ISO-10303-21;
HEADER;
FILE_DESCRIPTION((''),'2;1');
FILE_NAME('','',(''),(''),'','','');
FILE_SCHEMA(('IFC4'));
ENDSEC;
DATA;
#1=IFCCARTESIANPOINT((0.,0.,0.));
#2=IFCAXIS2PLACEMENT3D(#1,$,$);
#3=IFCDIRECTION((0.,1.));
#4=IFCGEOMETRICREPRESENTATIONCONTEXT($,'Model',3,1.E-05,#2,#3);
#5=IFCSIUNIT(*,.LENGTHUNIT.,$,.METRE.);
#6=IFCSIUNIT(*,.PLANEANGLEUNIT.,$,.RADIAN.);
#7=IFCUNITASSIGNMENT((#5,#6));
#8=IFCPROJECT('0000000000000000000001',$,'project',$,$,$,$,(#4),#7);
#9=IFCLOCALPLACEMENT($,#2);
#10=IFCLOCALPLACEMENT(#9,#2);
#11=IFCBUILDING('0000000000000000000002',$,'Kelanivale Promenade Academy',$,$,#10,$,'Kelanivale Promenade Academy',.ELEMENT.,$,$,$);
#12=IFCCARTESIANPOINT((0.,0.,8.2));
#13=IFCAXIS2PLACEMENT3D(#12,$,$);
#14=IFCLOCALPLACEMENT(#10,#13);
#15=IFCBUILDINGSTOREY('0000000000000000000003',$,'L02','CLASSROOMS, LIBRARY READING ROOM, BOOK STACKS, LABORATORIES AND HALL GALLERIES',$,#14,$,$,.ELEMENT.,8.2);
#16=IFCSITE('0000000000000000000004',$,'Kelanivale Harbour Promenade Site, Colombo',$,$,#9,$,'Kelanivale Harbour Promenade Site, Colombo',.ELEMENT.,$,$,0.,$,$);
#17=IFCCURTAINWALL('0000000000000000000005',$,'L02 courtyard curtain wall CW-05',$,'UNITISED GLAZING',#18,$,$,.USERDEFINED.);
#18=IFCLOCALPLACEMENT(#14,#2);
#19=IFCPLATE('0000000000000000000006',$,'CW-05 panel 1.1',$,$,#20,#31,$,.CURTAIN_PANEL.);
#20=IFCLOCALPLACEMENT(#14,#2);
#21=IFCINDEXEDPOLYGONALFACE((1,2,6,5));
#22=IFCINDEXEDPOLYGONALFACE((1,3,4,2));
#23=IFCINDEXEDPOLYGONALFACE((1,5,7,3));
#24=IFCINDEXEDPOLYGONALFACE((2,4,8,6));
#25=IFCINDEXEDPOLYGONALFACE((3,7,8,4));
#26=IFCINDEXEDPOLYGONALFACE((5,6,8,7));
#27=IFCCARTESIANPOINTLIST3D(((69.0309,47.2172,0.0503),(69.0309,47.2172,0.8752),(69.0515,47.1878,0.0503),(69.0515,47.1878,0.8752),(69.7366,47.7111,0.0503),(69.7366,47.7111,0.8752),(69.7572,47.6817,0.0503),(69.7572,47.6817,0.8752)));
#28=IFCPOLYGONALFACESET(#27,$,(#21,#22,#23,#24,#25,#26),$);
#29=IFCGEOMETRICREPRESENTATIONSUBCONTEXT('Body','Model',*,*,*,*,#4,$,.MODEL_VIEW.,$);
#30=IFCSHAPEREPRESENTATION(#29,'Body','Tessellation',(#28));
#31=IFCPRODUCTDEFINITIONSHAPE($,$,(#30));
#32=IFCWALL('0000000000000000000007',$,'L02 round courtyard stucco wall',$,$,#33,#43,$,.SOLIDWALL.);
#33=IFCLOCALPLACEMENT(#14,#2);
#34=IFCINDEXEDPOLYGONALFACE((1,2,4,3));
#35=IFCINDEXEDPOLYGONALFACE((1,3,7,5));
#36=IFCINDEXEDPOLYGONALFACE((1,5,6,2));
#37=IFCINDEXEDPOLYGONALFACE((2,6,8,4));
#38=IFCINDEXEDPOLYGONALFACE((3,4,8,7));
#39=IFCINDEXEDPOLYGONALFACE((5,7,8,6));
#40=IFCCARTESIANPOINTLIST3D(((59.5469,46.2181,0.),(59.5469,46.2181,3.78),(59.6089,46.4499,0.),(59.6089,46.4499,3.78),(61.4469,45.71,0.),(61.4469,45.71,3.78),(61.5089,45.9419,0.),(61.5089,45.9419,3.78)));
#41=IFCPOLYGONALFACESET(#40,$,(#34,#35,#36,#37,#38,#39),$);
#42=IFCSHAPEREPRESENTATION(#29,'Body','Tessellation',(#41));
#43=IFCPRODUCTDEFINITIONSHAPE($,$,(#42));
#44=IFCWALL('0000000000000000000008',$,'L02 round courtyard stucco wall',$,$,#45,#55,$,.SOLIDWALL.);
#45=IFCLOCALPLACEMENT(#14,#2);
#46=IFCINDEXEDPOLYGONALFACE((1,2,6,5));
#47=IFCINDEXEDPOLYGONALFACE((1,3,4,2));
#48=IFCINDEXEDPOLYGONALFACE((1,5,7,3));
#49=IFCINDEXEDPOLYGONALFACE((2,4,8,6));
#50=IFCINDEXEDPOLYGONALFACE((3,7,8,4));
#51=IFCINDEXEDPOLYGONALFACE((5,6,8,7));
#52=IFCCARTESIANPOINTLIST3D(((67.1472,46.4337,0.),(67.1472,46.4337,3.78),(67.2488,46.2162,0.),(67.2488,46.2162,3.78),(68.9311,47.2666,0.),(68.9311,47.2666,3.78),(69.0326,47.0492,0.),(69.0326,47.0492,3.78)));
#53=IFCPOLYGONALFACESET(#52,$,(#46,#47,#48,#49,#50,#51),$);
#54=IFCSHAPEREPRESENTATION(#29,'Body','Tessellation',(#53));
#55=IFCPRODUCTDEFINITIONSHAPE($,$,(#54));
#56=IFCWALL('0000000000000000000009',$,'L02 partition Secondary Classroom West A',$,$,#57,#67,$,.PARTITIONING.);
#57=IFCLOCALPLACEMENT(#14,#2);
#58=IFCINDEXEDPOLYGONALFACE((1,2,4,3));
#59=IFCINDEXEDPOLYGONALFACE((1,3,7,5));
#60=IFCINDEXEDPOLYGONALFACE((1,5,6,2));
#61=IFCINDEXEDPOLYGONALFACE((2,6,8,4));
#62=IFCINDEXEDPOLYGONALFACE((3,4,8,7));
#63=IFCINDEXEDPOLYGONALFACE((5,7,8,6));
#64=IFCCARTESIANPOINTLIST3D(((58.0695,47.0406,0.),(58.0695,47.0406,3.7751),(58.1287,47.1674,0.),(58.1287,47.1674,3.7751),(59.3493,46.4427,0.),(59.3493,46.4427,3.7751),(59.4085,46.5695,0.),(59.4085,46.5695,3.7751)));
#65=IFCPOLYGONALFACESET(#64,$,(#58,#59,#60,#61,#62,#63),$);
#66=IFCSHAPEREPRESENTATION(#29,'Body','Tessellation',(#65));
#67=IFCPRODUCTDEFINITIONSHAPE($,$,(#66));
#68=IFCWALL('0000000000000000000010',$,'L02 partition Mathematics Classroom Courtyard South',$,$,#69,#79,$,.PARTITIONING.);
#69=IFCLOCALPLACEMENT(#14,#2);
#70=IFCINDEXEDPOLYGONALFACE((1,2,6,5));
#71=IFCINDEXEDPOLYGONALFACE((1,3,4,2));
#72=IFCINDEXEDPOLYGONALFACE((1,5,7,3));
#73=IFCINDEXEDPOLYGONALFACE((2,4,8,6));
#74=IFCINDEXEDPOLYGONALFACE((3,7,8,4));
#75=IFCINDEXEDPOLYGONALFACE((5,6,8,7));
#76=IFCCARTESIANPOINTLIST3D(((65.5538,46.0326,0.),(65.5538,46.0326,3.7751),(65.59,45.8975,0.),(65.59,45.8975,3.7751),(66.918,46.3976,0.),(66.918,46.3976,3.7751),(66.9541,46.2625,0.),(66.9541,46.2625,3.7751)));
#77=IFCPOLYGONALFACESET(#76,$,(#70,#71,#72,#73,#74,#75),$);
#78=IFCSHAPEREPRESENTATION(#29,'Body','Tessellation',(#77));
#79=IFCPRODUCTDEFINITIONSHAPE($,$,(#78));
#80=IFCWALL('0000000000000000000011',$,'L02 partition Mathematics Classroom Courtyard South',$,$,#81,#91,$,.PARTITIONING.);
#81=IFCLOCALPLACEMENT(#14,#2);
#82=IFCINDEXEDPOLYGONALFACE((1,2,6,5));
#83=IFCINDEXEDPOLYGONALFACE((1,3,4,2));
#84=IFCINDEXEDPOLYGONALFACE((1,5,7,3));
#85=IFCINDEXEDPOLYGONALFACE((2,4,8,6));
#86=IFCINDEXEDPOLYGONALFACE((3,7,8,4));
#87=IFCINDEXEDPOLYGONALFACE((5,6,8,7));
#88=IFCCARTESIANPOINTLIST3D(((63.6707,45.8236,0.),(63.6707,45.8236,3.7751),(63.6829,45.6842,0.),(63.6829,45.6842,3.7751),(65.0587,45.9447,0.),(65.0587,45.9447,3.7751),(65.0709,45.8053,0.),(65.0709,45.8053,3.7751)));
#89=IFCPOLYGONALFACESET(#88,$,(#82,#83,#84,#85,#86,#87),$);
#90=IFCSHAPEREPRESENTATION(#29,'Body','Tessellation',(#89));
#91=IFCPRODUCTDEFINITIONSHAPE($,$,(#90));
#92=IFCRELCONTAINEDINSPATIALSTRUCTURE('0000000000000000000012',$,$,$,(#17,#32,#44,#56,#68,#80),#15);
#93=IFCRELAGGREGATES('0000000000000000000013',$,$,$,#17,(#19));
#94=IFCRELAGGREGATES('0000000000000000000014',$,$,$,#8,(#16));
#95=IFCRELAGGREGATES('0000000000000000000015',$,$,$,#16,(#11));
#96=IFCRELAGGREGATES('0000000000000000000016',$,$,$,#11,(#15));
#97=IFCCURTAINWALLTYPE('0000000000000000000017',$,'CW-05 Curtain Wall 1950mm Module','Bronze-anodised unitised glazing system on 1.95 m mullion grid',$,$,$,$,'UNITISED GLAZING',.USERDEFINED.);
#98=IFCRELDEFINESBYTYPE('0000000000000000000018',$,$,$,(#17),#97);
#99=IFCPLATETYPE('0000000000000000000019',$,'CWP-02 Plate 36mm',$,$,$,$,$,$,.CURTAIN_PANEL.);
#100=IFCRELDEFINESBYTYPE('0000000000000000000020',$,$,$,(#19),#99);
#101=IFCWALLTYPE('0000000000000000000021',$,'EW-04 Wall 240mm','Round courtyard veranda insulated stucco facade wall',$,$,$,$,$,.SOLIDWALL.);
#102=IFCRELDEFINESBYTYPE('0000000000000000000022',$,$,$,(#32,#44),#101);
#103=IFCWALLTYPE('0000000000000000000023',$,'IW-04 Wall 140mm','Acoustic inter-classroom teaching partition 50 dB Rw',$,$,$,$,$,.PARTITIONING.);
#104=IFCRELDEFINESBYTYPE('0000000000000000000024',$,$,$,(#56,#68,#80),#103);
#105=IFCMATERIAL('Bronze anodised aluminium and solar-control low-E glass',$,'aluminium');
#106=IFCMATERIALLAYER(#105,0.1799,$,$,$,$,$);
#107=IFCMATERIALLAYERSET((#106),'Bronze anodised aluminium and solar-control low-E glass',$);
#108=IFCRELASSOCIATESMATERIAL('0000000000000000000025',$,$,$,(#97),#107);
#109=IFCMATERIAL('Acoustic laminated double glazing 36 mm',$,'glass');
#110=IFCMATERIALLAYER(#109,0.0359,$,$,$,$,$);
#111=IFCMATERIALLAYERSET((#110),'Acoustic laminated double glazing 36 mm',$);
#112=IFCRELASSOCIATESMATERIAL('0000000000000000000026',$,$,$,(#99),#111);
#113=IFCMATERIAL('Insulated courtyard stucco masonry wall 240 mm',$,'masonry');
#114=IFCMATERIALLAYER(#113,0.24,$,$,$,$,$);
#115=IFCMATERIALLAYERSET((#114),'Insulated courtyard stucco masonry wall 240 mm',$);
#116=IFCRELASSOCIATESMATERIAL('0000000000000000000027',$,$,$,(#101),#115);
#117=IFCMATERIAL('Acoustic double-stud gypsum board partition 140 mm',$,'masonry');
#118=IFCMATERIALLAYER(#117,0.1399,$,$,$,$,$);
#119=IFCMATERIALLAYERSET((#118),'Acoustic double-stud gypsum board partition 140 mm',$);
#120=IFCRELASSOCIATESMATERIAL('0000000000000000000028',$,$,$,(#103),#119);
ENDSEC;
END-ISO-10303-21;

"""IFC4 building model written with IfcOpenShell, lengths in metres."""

from ifc_helpers import new_model, si_unit, direction, frame, frame_2d, origin, origin_2d, place, context, subcontext, project, spatial, rectangle, extrude, material, layer, layer_set, type_object, element, aggregate, save


model = new_model("IFC4")

# Units and contexts
model_context = context("Model", 3, precision=1e-05, world=origin(), true_north=direction((0.0, 1.0)))
body_context = subcontext(model_context, "Body", "Model", "MODEL_VIEW")
ifc_project = project(units=[si_unit("LENGTHUNIT", "METRE"), si_unit("PLANEANGLEUNIT", "RADIAN")], contexts=[model_context])

# Site, building, storey
site_placement = place(None, origin())
site = spatial("IfcSite", under=ifc_project, at=site_placement, Name="Kelanivale Harbour Promenade Site, Colombo", LongName="Kelanivale Harbour Promenade Site, Colombo", CompositionType="ELEMENT", RefElevation=0.0)
building_placement = place(site_placement, origin())
building = spatial("IfcBuilding", under=site, at=building_placement, Name="Kelanivale Promenade Academy", LongName="Kelanivale Promenade Academy", CompositionType="ELEMENT")
storey_placement = place(building_placement, frame((0.0, 0.0, 8.2)))
storey = spatial("IfcBuildingStorey", under=building, at=storey_placement, Name="L02", Description="CLASSROOMS, LIBRARY READING ROOM, BOOK STACKS, LABORATORIES AND HALL GALLERIES", CompositionType="ELEMENT", Elevation=8.2)

# Curtain wall
ifc_material_1 = material(Name="Bronze anodised aluminium and solar-control low-E glass", Category="aluminium")
ifc_layer_1 = layer(ifc_material_1, 0.1799)
ifc_layer_set_1 = layer_set([ifc_layer_1], Name="Bronze anodised aluminium and solar-control low-E glass")
curtain_wall_type_1 = type_object("IfcCurtainWallType", Name="CW-05 Curtain Wall 1950mm Module", Description="Bronze-anodised unitised glazing system on 1.95 m mullion grid", ElementType="UNITISED GLAZING", PredefinedType="USERDEFINED", material=ifc_layer_set_1)
curtain_wall_1_placement = place(storey_placement, origin())
curtain_wall_1 = element("IfcCurtainWall", 1, at=curtain_wall_1_placement, inside=storey, type_object=curtain_wall_type_1, Name="L02 courtyard curtain wall CW-05", ObjectType="UNITISED GLAZING", PredefinedType="USERDEFINED")

# Plate
ifc_material_2 = material(Name="Acoustic laminated double glazing 36 mm", Category="glass")
ifc_layer_2 = layer(ifc_material_2, 0.0359)
ifc_layer_set_2 = layer_set([ifc_layer_2], Name="Acoustic laminated double glazing 36 mm")
plate_type_1 = type_object("IfcPlateType", Name="CWP-02 Plate 36mm", PredefinedType="CURTAIN_PANEL", material=ifc_layer_set_2)
plate_1_placement = place(storey_placement, frame((69.394, 47.4495, 0.0503), z_axis=(0.0, 0.0, 1.0), x_axis=(0.819306, 0.573357, 0.0)))
plate_1 = element("IfcPlate", 2, at=plate_1_placement, type_object=plate_type_1, Name="CW-05 panel 1.1", PredefinedType="CURTAIN_PANEL", context=body_context, shape_type="SweptSolid", body=[
    extrude(rectangle(XDim=0.8613, YDim=0.0359, at=origin_2d()), origin(), (0.0, 0.0, 1.0), 0.825),
])
aggregate(curtain_wall_1, [plate_1])

# Walls
ifc_material_3 = material(Name="Insulated courtyard stucco masonry wall 240 mm", Category="masonry")
ifc_layer_3 = layer(ifc_material_3, 0.24)
ifc_layer_set_3 = layer_set([ifc_layer_3], Name="Insulated courtyard stucco masonry wall 240 mm")
wall_type_1 = type_object("IfcWallType", Name="EW-04 Wall 240mm", Description="Round courtyard veranda insulated stucco facade wall", PredefinedType="SOLIDWALL", material=ifc_layer_set_3)
wall_1_placement = place(storey_placement, frame((59.5779, 46.334, 0.0), z_axis=(0.0, 0.0, 1.0), x_axis=(0.966064, -0.258304, 0.0)))
element("IfcWall", 3, at=wall_1_placement, inside=storey, type_object=wall_type_1, Name="L02 round courtyard stucco wall", PredefinedType="SOLIDWALL", context=body_context, shape_type="SweptSolid", body=[
    extrude(rectangle(XDim=1.9668, YDim=0.24, at=frame_2d((0.9834, 0.0))), origin(), (0.0, 0.0, 1.0), 3.78),
])
wall_2_placement = place(storey_placement, frame((67.198, 46.325, 0.0), z_axis=(0.0, 0.0, 1.0), x_axis=(0.906085, 0.423096, 0.0)))
element("IfcWall", 4, at=wall_2_placement, inside=storey, type_object=wall_type_1, Name="L02 round courtyard stucco wall", PredefinedType="SOLIDWALL", context=body_context, shape_type="SweptSolid", body=[
    extrude(rectangle(XDim=1.9688, YDim=0.24, at=frame_2d((0.9844, 0.0))), origin(), (0.0, 0.0, 1.0), 3.78),
])
ifc_material_4 = material(Name="Acoustic double-stud gypsum board partition 140 mm", Category="masonry")
ifc_layer_4 = layer(ifc_material_4, 0.1399)
ifc_layer_set_4 = layer_set([ifc_layer_4], Name="Acoustic double-stud gypsum board partition 140 mm")
wall_type_2 = type_object("IfcWallType", Name="IW-04 Wall 140mm", Description="Acoustic inter-classroom teaching partition 50 dB Rw", PredefinedType="PARTITIONING", material=ifc_layer_set_4)
wall_3_placement = place(storey_placement, frame((59.3789, 46.5061, 0.0), z_axis=(0.0, 0.0, 1.0), x_axis=(-0.906002, 0.423273, 0.0)))
element("IfcWall", 5, at=wall_3_placement, inside=storey, type_object=wall_type_2, Name="L02 partition Secondary Classroom West A", PredefinedType="PARTITIONING", context=body_context, shape_type="SweptSolid", body=[
    extrude(rectangle(XDim=1.4126, YDim=0.1399, at=frame_2d((0.7063, 0.0))), origin(), (0.0, 0.0, 1.0), 3.7751),
])
wall_4_placement = place(storey_placement, frame((66.936, 46.3301, 0.0), z_axis=(0.0, 0.0, 1.0), x_axis=(-0.966014, -0.258491, 0.0)))
element("IfcWall", 6, at=wall_4_placement, inside=storey, type_object=wall_type_2, Name="L02 partition Mathematics Classroom Courtyard South", PredefinedType="PARTITIONING", context=body_context, shape_type="SweptSolid", body=[
    extrude(rectangle(XDim=1.4121, YDim=0.1399, at=frame_2d((0.7061, 0.0))), origin(), (0.0, 0.0, 1.0), 3.7751),
])
wall_5_placement = place(storey_placement, frame((65.0649, 45.875, 0.0), z_axis=(0.0, 0.0, 1.0), x_axis=(-0.996216, -0.086917, 0.0)))
element("IfcWall", 7, at=wall_5_placement, inside=storey, type_object=wall_type_2, Name="L02 partition Mathematics Classroom Courtyard South", PredefinedType="PARTITIONING", context=body_context, shape_type="SweptSolid", body=[
    extrude(rectangle(XDim=1.3933, YDim=0.1399, at=frame_2d((0.6968, 0.0))), origin(), (0.0, 0.0, 1.0), 3.7751),
])

save(model, "model.ifc")
